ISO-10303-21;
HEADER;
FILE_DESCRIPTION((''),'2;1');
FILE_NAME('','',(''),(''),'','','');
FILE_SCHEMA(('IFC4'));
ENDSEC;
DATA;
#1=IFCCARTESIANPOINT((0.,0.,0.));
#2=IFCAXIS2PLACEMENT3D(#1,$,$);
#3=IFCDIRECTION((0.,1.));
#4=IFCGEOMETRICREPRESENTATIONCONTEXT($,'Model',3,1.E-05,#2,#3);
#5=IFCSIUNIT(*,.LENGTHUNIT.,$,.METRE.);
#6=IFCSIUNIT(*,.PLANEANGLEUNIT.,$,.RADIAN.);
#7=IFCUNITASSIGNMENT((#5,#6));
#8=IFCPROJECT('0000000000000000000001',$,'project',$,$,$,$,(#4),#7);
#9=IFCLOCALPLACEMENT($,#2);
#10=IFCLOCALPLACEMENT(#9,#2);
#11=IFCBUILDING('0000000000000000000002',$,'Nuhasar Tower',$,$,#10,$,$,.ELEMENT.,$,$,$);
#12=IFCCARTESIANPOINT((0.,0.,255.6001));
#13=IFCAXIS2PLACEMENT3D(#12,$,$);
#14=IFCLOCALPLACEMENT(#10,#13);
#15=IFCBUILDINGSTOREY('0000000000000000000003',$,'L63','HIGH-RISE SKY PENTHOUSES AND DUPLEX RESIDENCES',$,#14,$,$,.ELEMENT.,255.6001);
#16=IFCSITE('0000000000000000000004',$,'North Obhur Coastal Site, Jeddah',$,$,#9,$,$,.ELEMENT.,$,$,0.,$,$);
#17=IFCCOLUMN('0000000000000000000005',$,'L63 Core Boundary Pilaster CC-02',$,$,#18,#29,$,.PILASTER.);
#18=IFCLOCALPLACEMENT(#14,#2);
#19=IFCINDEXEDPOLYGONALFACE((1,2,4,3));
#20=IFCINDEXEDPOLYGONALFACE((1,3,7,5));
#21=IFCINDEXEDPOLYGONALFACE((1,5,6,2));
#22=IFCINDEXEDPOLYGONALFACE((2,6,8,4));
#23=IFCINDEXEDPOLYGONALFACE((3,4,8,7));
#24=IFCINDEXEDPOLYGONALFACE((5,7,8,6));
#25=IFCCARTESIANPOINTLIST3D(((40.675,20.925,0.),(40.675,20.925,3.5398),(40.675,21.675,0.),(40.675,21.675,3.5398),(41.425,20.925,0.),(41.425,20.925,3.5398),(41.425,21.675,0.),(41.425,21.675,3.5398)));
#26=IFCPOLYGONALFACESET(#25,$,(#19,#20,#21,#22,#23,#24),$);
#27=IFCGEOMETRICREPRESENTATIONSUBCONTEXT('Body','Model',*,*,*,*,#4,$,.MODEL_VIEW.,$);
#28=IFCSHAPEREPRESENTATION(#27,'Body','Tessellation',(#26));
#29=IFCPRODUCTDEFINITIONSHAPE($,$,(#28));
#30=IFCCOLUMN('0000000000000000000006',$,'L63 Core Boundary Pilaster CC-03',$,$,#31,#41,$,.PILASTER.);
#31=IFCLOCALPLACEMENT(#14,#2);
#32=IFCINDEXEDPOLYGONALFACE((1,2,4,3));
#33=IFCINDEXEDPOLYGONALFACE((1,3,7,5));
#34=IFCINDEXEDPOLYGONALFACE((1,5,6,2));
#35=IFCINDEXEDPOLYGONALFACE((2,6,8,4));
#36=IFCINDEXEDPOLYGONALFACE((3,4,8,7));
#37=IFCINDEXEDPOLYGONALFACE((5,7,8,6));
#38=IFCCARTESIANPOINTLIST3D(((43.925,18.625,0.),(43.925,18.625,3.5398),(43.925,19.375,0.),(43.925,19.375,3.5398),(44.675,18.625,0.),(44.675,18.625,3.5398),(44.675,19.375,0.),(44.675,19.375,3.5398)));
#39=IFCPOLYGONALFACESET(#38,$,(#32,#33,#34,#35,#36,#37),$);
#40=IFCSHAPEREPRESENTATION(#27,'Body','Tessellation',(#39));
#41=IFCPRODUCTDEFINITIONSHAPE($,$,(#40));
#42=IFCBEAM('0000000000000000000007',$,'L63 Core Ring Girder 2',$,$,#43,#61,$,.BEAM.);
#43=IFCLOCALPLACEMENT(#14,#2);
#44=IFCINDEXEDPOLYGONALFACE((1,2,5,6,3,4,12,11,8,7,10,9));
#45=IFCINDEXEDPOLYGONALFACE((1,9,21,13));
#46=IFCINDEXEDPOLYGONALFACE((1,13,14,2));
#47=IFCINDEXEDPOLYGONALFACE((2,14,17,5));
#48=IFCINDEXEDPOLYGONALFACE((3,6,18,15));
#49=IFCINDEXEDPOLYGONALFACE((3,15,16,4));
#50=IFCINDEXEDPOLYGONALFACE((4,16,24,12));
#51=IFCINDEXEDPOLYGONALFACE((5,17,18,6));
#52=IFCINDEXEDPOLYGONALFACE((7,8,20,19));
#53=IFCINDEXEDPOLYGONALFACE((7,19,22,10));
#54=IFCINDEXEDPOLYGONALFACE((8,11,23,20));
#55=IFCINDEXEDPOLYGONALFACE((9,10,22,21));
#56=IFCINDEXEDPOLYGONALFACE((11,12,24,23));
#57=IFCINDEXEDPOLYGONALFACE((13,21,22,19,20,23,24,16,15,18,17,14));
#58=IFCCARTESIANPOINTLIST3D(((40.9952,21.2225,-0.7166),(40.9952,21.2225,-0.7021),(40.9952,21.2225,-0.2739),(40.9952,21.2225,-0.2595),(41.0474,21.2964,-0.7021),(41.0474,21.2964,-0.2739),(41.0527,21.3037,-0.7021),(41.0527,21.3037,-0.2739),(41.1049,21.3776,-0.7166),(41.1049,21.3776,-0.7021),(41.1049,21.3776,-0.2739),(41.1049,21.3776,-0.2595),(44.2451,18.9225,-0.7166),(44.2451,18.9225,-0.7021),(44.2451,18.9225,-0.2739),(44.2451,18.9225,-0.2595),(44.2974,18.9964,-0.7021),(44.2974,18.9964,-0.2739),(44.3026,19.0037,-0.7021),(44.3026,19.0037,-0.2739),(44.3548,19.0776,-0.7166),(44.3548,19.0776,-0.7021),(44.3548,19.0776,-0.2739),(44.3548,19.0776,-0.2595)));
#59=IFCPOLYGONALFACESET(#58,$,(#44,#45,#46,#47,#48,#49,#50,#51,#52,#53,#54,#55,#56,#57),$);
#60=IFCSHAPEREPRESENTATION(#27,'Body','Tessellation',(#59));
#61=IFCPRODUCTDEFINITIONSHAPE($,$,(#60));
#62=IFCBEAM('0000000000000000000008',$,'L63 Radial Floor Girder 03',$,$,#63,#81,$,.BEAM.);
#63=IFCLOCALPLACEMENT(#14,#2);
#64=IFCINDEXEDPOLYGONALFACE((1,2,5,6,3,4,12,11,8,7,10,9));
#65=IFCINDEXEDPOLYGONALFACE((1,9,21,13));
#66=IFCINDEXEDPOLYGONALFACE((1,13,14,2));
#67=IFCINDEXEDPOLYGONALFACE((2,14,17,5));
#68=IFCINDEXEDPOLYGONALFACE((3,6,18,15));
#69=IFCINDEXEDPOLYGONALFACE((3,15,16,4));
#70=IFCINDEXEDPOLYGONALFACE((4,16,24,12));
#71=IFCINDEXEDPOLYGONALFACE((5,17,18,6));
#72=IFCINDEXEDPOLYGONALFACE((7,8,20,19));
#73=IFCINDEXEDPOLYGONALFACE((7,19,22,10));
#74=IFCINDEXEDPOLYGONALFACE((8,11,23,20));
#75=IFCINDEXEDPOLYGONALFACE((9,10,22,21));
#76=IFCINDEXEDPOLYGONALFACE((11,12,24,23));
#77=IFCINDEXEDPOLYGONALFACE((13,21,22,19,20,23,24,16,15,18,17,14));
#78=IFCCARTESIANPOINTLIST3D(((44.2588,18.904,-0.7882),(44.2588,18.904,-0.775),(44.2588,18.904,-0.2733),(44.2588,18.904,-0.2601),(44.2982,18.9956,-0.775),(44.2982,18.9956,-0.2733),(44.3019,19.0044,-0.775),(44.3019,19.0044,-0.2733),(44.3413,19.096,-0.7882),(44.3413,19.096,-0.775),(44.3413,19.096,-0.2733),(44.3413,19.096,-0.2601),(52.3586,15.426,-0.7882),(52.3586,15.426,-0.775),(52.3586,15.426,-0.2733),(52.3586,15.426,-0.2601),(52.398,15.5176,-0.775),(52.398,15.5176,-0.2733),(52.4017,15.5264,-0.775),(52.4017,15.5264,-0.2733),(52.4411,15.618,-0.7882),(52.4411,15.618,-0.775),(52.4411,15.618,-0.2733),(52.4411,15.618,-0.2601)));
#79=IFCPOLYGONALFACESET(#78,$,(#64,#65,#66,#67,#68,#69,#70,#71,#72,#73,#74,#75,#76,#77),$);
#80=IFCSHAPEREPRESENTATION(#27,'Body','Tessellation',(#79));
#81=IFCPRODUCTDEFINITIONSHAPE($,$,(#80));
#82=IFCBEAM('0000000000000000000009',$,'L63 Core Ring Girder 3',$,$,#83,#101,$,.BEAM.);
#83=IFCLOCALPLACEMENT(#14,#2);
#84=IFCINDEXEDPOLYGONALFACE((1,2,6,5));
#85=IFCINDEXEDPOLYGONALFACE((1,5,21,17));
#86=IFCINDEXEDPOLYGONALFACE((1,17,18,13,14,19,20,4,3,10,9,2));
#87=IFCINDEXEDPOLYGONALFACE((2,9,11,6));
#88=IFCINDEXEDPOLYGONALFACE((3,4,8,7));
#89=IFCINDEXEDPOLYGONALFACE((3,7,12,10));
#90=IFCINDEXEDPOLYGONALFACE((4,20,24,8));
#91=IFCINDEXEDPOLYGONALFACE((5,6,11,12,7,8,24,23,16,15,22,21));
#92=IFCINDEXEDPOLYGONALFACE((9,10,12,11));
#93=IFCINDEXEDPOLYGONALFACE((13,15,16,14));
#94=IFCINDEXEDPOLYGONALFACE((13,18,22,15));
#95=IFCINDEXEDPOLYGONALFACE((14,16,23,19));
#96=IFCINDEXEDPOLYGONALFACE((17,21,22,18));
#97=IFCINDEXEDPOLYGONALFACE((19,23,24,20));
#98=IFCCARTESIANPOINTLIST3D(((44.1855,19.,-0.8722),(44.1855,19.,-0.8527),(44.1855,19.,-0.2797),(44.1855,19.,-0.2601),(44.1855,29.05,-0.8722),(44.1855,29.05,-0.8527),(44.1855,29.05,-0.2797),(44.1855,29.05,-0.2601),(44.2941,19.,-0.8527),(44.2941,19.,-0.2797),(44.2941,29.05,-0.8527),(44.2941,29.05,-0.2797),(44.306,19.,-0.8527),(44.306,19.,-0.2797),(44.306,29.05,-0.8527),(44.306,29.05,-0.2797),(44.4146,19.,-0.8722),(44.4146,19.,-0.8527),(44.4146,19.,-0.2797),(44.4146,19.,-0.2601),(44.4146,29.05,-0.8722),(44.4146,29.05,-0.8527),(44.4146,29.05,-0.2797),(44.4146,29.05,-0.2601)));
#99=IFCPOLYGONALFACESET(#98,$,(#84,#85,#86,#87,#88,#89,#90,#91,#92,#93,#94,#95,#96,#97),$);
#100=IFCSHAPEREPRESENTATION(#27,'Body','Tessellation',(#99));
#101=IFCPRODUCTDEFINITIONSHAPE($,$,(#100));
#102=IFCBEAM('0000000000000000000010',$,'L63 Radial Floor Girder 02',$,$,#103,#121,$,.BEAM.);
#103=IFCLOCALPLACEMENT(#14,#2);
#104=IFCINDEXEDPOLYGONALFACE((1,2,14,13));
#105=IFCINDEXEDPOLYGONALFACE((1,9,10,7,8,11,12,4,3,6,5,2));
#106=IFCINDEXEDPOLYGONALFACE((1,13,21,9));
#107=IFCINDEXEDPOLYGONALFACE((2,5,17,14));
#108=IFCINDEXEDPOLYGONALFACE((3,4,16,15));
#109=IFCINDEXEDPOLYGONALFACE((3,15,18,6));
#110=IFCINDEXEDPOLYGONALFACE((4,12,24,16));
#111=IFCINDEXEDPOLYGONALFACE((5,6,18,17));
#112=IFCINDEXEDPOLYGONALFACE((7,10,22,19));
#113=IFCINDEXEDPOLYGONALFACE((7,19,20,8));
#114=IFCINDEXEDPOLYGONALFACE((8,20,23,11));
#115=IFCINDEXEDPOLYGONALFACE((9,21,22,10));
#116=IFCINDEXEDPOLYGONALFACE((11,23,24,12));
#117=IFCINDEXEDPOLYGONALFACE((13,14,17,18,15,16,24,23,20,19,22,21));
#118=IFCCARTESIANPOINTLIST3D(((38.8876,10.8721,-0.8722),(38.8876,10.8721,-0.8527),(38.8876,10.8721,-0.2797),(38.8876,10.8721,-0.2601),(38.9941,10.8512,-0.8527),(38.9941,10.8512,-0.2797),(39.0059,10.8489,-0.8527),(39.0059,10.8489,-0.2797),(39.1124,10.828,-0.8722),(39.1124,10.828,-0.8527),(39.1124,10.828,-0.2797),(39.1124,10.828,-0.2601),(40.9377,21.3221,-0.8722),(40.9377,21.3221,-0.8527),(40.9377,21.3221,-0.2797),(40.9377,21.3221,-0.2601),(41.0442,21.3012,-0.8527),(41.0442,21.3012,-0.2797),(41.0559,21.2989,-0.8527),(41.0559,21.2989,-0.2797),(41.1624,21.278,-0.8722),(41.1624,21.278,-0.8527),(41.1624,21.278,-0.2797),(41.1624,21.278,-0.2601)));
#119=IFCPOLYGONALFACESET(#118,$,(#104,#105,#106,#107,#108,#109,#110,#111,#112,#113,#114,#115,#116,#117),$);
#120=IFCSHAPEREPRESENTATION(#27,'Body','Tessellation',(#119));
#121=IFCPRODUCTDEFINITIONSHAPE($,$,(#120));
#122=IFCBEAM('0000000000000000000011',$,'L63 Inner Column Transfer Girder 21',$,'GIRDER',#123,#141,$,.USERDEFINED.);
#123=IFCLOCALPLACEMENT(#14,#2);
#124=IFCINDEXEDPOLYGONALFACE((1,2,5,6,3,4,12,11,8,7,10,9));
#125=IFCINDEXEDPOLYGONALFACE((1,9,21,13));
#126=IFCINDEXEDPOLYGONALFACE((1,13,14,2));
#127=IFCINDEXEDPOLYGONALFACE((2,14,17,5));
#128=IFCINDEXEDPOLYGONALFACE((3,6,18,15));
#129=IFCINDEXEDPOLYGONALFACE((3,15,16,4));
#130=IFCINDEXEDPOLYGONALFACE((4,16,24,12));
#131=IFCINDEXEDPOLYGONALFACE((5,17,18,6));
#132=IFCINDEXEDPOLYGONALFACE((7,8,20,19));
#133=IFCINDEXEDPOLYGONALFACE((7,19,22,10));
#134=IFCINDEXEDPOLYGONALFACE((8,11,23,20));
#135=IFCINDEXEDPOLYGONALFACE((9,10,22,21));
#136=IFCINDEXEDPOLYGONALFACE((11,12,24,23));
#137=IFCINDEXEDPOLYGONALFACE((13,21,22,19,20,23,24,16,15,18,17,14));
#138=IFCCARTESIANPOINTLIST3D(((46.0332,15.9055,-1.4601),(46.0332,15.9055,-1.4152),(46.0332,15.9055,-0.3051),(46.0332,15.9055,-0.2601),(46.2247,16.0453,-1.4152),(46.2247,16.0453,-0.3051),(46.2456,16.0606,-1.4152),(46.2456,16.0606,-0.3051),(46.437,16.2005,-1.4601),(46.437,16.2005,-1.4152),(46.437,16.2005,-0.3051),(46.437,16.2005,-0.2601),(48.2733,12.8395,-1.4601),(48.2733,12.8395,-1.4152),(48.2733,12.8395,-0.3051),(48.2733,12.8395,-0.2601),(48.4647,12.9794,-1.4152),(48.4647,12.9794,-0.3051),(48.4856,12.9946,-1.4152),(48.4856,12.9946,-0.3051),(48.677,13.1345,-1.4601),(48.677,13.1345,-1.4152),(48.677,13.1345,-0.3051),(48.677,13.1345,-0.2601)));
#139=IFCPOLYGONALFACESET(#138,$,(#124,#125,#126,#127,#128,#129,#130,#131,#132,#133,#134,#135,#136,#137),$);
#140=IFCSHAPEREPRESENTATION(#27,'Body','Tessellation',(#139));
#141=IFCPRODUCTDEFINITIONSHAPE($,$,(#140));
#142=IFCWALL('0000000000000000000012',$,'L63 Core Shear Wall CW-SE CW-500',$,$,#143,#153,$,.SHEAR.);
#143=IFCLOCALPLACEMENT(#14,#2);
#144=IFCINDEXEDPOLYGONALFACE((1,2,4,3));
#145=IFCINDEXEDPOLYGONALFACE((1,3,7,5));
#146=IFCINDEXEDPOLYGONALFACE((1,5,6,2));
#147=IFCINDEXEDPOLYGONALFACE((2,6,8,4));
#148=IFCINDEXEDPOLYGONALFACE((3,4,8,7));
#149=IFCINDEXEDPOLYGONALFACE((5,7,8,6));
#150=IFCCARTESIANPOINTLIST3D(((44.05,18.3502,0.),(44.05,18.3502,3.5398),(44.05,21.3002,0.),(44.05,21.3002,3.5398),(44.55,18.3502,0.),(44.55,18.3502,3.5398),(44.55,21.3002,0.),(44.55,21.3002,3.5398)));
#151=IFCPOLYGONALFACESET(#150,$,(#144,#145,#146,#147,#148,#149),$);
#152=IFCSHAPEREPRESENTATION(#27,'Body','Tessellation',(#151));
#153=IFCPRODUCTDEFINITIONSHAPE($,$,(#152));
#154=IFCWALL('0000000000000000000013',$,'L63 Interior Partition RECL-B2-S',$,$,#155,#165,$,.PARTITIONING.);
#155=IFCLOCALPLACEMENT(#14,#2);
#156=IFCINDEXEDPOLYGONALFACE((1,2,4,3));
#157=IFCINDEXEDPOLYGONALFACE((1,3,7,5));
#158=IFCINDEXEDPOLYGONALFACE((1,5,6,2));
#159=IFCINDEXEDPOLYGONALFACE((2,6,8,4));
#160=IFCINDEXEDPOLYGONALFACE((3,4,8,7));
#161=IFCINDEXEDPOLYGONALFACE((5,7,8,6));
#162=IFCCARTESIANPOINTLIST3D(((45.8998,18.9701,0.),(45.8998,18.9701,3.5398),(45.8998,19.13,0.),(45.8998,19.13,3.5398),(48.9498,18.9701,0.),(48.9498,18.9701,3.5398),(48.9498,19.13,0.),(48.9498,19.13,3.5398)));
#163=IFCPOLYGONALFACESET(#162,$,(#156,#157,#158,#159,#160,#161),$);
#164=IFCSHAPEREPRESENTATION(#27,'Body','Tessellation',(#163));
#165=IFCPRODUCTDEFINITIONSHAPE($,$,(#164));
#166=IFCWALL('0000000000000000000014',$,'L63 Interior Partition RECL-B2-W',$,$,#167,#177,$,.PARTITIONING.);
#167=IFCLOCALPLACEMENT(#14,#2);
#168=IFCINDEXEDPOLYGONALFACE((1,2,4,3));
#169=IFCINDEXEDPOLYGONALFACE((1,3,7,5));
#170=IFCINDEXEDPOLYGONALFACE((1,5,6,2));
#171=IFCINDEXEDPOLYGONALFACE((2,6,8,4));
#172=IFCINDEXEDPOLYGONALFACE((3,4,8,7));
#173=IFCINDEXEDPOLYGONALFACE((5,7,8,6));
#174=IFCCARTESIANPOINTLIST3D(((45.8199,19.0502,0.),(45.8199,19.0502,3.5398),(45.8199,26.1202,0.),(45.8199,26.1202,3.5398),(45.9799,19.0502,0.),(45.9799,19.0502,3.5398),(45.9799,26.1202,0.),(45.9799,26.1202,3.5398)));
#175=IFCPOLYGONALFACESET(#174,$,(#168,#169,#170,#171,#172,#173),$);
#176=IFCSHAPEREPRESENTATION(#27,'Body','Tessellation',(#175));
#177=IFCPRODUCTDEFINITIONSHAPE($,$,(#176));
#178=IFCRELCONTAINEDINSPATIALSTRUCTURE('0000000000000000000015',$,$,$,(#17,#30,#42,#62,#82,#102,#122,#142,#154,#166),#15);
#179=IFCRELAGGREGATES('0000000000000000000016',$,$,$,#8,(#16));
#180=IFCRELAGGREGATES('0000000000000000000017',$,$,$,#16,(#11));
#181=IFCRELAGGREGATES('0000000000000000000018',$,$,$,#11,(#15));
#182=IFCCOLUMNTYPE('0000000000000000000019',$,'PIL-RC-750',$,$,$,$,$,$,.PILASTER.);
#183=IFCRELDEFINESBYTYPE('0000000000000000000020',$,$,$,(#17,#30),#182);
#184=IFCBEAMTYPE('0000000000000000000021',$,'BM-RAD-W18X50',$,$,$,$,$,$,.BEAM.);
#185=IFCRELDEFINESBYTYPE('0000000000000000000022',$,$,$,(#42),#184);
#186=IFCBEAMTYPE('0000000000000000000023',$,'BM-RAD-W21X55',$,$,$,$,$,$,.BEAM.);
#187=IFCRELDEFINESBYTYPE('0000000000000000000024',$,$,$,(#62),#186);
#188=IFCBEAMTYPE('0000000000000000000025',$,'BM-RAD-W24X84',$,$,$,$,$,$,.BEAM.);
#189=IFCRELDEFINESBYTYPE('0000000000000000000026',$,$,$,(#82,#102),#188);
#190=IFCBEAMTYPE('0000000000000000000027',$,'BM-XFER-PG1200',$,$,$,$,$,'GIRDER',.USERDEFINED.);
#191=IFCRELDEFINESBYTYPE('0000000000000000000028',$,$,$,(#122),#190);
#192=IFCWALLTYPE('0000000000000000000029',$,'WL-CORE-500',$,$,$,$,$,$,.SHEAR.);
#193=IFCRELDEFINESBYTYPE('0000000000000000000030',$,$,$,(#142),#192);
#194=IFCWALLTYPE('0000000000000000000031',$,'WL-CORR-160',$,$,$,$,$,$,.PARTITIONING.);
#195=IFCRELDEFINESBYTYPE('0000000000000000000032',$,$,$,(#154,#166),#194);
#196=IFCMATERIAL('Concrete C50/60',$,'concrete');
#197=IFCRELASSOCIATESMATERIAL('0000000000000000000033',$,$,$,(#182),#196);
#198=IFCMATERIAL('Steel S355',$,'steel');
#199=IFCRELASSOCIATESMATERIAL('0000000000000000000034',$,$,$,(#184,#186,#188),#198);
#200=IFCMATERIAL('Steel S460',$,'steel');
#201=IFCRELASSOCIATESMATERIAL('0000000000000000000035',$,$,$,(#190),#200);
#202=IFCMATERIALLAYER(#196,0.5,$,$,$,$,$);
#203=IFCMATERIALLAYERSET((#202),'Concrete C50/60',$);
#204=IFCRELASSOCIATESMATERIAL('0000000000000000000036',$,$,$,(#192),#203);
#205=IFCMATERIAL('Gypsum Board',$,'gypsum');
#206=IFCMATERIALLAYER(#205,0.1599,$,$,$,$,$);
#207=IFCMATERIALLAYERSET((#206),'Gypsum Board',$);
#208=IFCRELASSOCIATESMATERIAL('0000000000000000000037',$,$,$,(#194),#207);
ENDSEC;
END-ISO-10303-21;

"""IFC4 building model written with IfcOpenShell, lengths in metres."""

from ifc_helpers import new_model, si_unit, direction, frame, frame_2d, origin, origin_2d, place, context, subcontext, project, spatial, rectangle, i_section, extrude, material, layer, layer_set, material_profile, profile_set, type_object, element, save


model = new_model("IFC4")

# Units and contexts
model_context = context("Model", 3, precision=1e-05, world=origin(), true_north=direction((0.0, 1.0)))
body_context = subcontext(model_context, "Body", "Model", "MODEL_VIEW")
ifc_project = project(units=[si_unit("LENGTHUNIT", "METRE"), si_unit("PLANEANGLEUNIT", "RADIAN")], contexts=[model_context])

# Site, building, storey
site_placement = place(None, origin())
site = spatial("IfcSite", under=ifc_project, at=site_placement, Name="North Obhur Coastal Site, Jeddah", CompositionType="ELEMENT", RefElevation=0.0)
building_placement = place(site_placement, origin())
building = spatial("IfcBuilding", under=site, at=building_placement, Name="Nuhasar Tower", CompositionType="ELEMENT")
storey_placement = place(building_placement, frame((0.0, 0.0, 255.6001)))
storey = spatial("IfcBuildingStorey", under=building, at=storey_placement, Name="L63", Description="HIGH-RISE SKY PENTHOUSES AND DUPLEX RESIDENCES", CompositionType="ELEMENT", Elevation=255.6001)

# Columns
ifc_material_1 = material(Name="Concrete C50/60", Category="concrete")
ifc_material_profile_1 = material_profile(ifc_material_1, rectangle(XDim=0.75, YDim=0.75, at=origin_2d()), Name="RC750X750")
ifc_profile_set_1 = profile_set([ifc_material_profile_1], Name="Concrete C50/60")
column_type = type_object("IfcColumnType", Name="PIL-RC-750", PredefinedType="PILASTER", material=ifc_profile_set_1)
for number, where, z_axis, x_axis, name in (
    (1, (41.05, 21.3, 0.0), (0.0, 0.0, 1.0), (1.0, 0.0, 0.0), "L63 Core Boundary Pilaster CC-02"),
    (2, (44.3, 19.0, 0.0), (0.0, 0.0, 1.0), (1.0, 0.0, 0.0), "L63 Core Boundary Pilaster CC-03"),
):
    element("IfcColumn", number, at=place(storey_placement, frame(where, z_axis=z_axis, x_axis=x_axis)), inside=storey, type_object=column_type, Name=name, PredefinedType="PILASTER", context=body_context, shape_type="SweptSolid", body=[
        extrude(rectangle(XDim=0.75, YDim=0.75, at=origin_2d()), origin(), (0.0, 0.0, 1.0), 3.5398),
    ])

# Beams
ifc_material_2 = material(Name="Steel S355", Category="steel")
ifc_material_profile_2 = material_profile(ifc_material_2, i_section(OverallWidth=0.1899, OverallDepth=0.457, WebThickness=0.009, FlangeThickness=0.0144, at=origin_2d()), Name="W18X50")
ifc_profile_set_2 = profile_set([ifc_material_profile_2], Name="Steel S355")
beam_type_1 = type_object("IfcBeamType", Name="BM-RAD-W18X50", PredefinedType="BEAM", material=ifc_profile_set_2)
beam_1_placement = place(storey_placement, frame((41.05, 21.3, -0.488), z_axis=(0.816265, -0.577677, 0.0), x_axis=(0.577677, 0.816265, 0.0)))
element("IfcBeam", 3, at=beam_1_placement, inside=storey, type_object=beam_type_1, Name="L63 Core Ring Girder 2", PredefinedType="BEAM", context=body_context, shape_type="SweptSolid", body=[
    extrude(i_section(OverallWidth=0.1899, OverallDepth=0.457, WebThickness=0.009, FlangeThickness=0.0144, at=origin_2d()), origin(), (0.0, 0.0, 1.0), 3.9814),
])
ifc_material_profile_3 = material_profile(ifc_material_2, i_section(OverallWidth=0.209, OverallDepth=0.5281, WebThickness=0.0095, FlangeThickness=0.0132, at=origin_2d()), Name="W21X55")
ifc_profile_set_3 = profile_set([ifc_material_profile_3], Name="Steel S355")
beam_type_2 = type_object("IfcBeamType", Name="BM-RAD-W21X55", PredefinedType="BEAM", material=ifc_profile_set_3)
beam_2_placement = place(storey_placement, frame((44.3, 19.0, -0.5242), z_axis=(0.918871, -0.394558, 0.0), x_axis=(0.394558, 0.918871, 0.0)))
element("IfcBeam", 4, at=beam_2_placement, inside=storey, type_object=beam_type_2, Name="L63 Radial Floor Girder 03", PredefinedType="BEAM", context=body_context, shape_type="SweptSolid", body=[
    extrude(i_section(OverallWidth=0.209, OverallDepth=0.5281, WebThickness=0.0095, FlangeThickness=0.0132, at=origin_2d()), origin(), (0.0, 0.0, 1.0), 8.8149),
])
ifc_material_profile_4 = material_profile(ifc_material_2, i_section(OverallWidth=0.229, OverallDepth=0.6121, WebThickness=0.012, FlangeThickness=0.0195, at=origin_2d()), Name="W24X84")
ifc_profile_set_4 = profile_set([ifc_material_profile_4], Name="Steel S355")
beam_type_3 = type_object("IfcBeamType", Name="BM-RAD-W24X84", PredefinedType="BEAM", material=ifc_profile_set_4)
beam_3_placement = place(storey_placement, frame((44.3, 19.0, -0.5662), z_axis=(0.0, 1.0, 0.0), x_axis=(-1.0, 0.0, 0.0)))
element("IfcBeam", 5, at=beam_3_placement, inside=storey, type_object=beam_type_3, Name="L63 Core Ring Girder 3", PredefinedType="BEAM", context=body_context, shape_type="SweptSolid", body=[
    extrude(i_section(OverallWidth=0.229, OverallDepth=0.6121, WebThickness=0.012, FlangeThickness=0.0195, at=origin_2d()), origin(), (0.0, 0.0, 1.0), 10.05),
])
beam_4_placement = place(storey_placement, frame((41.05, 21.3, -0.5662), z_axis=(-0.192508, -0.981295, 0.0), x_axis=(0.981295, -0.192508, 0.0)))
element("IfcBeam", 6, at=beam_4_placement, inside=storey, type_object=beam_type_3, Name="L63 Radial Floor Girder 02", PredefinedType="BEAM", context=body_context, shape_type="SweptSolid", body=[
    extrude(i_section(OverallWidth=0.229, OverallDepth=0.6121, WebThickness=0.012, FlangeThickness=0.0195, at=origin_2d()), origin(), (0.0, 0.0, 1.0), 10.6492),
])
ifc_material_3 = material(Name="Steel S460", Category="steel")
ifc_material_profile_5 = material_profile(ifc_material_3, i_section(OverallWidth=0.5, OverallDepth=1.2, WebThickness=0.0259, FlangeThickness=0.0449, at=origin_2d()), Name="PG1200X500")
ifc_profile_set_5 = profile_set([ifc_material_profile_5], Name="Steel S460")
beam_type_4 = type_object("IfcBeamType", Name="BM-XFER-PG1200", ElementType="GIRDER", PredefinedType="USERDEFINED", material=ifc_profile_set_5)
beam_5_placement = place(storey_placement, frame((46.2351, 16.053, -0.8601), z_axis=(0.589933, -0.807452, 0.0), x_axis=(0.807452, 0.589933, 0.0)))
element("IfcBeam", 7, at=beam_5_placement, inside=storey, type_object=beam_type_4, Name="L63 Inner Column Transfer Girder 21", ObjectType="GIRDER", PredefinedType="USERDEFINED", context=body_context, shape_type="SweptSolid", body=[
    extrude(i_section(OverallWidth=0.5, OverallDepth=1.2, WebThickness=0.0259, FlangeThickness=0.0449, at=origin_2d()), origin(), (0.0, 0.0, 1.0), 3.7971),
])

# Walls
ifc_layer_1 = layer(ifc_material_1, 0.5)
ifc_layer_set_1 = layer_set([ifc_layer_1], Name="Concrete C50/60")
wall_type_1 = type_object("IfcWallType", Name="WL-CORE-500", PredefinedType="SHEAR", material=ifc_layer_set_1)
wall_1_placement = place(storey_placement, frame((44.3, 18.3501, 0.0), z_axis=(0.0, 0.0, 1.0), x_axis=(0.0, 1.0, 0.0)))
element("IfcWall", 8, at=wall_1_placement, inside=storey, type_object=wall_type_1, Name="L63 Core Shear Wall CW-SE CW-500", PredefinedType="SHEAR", context=body_context, shape_type="SweptSolid", body=[
    extrude(rectangle(XDim=2.95, YDim=0.5, at=frame_2d((1.4751, 0.0))), origin(), (0.0, 0.0, 1.0), 3.5398),
])
ifc_material_4 = material(Name="Gypsum Board", Category="gypsum")
ifc_layer_2 = layer(ifc_material_4, 0.1599)
ifc_layer_set_2 = layer_set([ifc_layer_2], Name="Gypsum Board")
wall_type_2 = type_object("IfcWallType", Name="WL-CORR-160", PredefinedType="PARTITIONING", material=ifc_layer_set_2)
wall_2_placement = place(storey_placement, frame((45.8999, 19.05, 0.0), z_axis=(0.0, 0.0, 1.0), x_axis=(1.0, 0.0, 0.0)))
element("IfcWall", 9, at=wall_2_placement, inside=storey, type_object=wall_type_2, Name="L63 Interior Partition RECL-B2-S", PredefinedType="PARTITIONING", context=body_context, shape_type="SweptSolid", body=[
    extrude(rectangle(XDim=3.05, YDim=0.1599, at=frame_2d((1.5249, 0.0))), origin(), (0.0, 0.0, 1.0), 3.5398),
])
wall_3_placement = place(storey_placement, frame((45.8999, 19.05, 0.0), z_axis=(0.0, 0.0, 1.0), x_axis=(0.0, 1.0, 0.0)))
element("IfcWall", 10, at=wall_3_placement, inside=storey, type_object=wall_type_2, Name="L63 Interior Partition RECL-B2-W", PredefinedType="PARTITIONING", context=body_context, shape_type="SweptSolid", body=[
    extrude(rectangle(XDim=7.0701, YDim=0.1599, at=frame_2d((3.5352, 0.0))), origin(), (0.0, 0.0, 1.0), 3.5398),
])

save(model, "model.ifc")
